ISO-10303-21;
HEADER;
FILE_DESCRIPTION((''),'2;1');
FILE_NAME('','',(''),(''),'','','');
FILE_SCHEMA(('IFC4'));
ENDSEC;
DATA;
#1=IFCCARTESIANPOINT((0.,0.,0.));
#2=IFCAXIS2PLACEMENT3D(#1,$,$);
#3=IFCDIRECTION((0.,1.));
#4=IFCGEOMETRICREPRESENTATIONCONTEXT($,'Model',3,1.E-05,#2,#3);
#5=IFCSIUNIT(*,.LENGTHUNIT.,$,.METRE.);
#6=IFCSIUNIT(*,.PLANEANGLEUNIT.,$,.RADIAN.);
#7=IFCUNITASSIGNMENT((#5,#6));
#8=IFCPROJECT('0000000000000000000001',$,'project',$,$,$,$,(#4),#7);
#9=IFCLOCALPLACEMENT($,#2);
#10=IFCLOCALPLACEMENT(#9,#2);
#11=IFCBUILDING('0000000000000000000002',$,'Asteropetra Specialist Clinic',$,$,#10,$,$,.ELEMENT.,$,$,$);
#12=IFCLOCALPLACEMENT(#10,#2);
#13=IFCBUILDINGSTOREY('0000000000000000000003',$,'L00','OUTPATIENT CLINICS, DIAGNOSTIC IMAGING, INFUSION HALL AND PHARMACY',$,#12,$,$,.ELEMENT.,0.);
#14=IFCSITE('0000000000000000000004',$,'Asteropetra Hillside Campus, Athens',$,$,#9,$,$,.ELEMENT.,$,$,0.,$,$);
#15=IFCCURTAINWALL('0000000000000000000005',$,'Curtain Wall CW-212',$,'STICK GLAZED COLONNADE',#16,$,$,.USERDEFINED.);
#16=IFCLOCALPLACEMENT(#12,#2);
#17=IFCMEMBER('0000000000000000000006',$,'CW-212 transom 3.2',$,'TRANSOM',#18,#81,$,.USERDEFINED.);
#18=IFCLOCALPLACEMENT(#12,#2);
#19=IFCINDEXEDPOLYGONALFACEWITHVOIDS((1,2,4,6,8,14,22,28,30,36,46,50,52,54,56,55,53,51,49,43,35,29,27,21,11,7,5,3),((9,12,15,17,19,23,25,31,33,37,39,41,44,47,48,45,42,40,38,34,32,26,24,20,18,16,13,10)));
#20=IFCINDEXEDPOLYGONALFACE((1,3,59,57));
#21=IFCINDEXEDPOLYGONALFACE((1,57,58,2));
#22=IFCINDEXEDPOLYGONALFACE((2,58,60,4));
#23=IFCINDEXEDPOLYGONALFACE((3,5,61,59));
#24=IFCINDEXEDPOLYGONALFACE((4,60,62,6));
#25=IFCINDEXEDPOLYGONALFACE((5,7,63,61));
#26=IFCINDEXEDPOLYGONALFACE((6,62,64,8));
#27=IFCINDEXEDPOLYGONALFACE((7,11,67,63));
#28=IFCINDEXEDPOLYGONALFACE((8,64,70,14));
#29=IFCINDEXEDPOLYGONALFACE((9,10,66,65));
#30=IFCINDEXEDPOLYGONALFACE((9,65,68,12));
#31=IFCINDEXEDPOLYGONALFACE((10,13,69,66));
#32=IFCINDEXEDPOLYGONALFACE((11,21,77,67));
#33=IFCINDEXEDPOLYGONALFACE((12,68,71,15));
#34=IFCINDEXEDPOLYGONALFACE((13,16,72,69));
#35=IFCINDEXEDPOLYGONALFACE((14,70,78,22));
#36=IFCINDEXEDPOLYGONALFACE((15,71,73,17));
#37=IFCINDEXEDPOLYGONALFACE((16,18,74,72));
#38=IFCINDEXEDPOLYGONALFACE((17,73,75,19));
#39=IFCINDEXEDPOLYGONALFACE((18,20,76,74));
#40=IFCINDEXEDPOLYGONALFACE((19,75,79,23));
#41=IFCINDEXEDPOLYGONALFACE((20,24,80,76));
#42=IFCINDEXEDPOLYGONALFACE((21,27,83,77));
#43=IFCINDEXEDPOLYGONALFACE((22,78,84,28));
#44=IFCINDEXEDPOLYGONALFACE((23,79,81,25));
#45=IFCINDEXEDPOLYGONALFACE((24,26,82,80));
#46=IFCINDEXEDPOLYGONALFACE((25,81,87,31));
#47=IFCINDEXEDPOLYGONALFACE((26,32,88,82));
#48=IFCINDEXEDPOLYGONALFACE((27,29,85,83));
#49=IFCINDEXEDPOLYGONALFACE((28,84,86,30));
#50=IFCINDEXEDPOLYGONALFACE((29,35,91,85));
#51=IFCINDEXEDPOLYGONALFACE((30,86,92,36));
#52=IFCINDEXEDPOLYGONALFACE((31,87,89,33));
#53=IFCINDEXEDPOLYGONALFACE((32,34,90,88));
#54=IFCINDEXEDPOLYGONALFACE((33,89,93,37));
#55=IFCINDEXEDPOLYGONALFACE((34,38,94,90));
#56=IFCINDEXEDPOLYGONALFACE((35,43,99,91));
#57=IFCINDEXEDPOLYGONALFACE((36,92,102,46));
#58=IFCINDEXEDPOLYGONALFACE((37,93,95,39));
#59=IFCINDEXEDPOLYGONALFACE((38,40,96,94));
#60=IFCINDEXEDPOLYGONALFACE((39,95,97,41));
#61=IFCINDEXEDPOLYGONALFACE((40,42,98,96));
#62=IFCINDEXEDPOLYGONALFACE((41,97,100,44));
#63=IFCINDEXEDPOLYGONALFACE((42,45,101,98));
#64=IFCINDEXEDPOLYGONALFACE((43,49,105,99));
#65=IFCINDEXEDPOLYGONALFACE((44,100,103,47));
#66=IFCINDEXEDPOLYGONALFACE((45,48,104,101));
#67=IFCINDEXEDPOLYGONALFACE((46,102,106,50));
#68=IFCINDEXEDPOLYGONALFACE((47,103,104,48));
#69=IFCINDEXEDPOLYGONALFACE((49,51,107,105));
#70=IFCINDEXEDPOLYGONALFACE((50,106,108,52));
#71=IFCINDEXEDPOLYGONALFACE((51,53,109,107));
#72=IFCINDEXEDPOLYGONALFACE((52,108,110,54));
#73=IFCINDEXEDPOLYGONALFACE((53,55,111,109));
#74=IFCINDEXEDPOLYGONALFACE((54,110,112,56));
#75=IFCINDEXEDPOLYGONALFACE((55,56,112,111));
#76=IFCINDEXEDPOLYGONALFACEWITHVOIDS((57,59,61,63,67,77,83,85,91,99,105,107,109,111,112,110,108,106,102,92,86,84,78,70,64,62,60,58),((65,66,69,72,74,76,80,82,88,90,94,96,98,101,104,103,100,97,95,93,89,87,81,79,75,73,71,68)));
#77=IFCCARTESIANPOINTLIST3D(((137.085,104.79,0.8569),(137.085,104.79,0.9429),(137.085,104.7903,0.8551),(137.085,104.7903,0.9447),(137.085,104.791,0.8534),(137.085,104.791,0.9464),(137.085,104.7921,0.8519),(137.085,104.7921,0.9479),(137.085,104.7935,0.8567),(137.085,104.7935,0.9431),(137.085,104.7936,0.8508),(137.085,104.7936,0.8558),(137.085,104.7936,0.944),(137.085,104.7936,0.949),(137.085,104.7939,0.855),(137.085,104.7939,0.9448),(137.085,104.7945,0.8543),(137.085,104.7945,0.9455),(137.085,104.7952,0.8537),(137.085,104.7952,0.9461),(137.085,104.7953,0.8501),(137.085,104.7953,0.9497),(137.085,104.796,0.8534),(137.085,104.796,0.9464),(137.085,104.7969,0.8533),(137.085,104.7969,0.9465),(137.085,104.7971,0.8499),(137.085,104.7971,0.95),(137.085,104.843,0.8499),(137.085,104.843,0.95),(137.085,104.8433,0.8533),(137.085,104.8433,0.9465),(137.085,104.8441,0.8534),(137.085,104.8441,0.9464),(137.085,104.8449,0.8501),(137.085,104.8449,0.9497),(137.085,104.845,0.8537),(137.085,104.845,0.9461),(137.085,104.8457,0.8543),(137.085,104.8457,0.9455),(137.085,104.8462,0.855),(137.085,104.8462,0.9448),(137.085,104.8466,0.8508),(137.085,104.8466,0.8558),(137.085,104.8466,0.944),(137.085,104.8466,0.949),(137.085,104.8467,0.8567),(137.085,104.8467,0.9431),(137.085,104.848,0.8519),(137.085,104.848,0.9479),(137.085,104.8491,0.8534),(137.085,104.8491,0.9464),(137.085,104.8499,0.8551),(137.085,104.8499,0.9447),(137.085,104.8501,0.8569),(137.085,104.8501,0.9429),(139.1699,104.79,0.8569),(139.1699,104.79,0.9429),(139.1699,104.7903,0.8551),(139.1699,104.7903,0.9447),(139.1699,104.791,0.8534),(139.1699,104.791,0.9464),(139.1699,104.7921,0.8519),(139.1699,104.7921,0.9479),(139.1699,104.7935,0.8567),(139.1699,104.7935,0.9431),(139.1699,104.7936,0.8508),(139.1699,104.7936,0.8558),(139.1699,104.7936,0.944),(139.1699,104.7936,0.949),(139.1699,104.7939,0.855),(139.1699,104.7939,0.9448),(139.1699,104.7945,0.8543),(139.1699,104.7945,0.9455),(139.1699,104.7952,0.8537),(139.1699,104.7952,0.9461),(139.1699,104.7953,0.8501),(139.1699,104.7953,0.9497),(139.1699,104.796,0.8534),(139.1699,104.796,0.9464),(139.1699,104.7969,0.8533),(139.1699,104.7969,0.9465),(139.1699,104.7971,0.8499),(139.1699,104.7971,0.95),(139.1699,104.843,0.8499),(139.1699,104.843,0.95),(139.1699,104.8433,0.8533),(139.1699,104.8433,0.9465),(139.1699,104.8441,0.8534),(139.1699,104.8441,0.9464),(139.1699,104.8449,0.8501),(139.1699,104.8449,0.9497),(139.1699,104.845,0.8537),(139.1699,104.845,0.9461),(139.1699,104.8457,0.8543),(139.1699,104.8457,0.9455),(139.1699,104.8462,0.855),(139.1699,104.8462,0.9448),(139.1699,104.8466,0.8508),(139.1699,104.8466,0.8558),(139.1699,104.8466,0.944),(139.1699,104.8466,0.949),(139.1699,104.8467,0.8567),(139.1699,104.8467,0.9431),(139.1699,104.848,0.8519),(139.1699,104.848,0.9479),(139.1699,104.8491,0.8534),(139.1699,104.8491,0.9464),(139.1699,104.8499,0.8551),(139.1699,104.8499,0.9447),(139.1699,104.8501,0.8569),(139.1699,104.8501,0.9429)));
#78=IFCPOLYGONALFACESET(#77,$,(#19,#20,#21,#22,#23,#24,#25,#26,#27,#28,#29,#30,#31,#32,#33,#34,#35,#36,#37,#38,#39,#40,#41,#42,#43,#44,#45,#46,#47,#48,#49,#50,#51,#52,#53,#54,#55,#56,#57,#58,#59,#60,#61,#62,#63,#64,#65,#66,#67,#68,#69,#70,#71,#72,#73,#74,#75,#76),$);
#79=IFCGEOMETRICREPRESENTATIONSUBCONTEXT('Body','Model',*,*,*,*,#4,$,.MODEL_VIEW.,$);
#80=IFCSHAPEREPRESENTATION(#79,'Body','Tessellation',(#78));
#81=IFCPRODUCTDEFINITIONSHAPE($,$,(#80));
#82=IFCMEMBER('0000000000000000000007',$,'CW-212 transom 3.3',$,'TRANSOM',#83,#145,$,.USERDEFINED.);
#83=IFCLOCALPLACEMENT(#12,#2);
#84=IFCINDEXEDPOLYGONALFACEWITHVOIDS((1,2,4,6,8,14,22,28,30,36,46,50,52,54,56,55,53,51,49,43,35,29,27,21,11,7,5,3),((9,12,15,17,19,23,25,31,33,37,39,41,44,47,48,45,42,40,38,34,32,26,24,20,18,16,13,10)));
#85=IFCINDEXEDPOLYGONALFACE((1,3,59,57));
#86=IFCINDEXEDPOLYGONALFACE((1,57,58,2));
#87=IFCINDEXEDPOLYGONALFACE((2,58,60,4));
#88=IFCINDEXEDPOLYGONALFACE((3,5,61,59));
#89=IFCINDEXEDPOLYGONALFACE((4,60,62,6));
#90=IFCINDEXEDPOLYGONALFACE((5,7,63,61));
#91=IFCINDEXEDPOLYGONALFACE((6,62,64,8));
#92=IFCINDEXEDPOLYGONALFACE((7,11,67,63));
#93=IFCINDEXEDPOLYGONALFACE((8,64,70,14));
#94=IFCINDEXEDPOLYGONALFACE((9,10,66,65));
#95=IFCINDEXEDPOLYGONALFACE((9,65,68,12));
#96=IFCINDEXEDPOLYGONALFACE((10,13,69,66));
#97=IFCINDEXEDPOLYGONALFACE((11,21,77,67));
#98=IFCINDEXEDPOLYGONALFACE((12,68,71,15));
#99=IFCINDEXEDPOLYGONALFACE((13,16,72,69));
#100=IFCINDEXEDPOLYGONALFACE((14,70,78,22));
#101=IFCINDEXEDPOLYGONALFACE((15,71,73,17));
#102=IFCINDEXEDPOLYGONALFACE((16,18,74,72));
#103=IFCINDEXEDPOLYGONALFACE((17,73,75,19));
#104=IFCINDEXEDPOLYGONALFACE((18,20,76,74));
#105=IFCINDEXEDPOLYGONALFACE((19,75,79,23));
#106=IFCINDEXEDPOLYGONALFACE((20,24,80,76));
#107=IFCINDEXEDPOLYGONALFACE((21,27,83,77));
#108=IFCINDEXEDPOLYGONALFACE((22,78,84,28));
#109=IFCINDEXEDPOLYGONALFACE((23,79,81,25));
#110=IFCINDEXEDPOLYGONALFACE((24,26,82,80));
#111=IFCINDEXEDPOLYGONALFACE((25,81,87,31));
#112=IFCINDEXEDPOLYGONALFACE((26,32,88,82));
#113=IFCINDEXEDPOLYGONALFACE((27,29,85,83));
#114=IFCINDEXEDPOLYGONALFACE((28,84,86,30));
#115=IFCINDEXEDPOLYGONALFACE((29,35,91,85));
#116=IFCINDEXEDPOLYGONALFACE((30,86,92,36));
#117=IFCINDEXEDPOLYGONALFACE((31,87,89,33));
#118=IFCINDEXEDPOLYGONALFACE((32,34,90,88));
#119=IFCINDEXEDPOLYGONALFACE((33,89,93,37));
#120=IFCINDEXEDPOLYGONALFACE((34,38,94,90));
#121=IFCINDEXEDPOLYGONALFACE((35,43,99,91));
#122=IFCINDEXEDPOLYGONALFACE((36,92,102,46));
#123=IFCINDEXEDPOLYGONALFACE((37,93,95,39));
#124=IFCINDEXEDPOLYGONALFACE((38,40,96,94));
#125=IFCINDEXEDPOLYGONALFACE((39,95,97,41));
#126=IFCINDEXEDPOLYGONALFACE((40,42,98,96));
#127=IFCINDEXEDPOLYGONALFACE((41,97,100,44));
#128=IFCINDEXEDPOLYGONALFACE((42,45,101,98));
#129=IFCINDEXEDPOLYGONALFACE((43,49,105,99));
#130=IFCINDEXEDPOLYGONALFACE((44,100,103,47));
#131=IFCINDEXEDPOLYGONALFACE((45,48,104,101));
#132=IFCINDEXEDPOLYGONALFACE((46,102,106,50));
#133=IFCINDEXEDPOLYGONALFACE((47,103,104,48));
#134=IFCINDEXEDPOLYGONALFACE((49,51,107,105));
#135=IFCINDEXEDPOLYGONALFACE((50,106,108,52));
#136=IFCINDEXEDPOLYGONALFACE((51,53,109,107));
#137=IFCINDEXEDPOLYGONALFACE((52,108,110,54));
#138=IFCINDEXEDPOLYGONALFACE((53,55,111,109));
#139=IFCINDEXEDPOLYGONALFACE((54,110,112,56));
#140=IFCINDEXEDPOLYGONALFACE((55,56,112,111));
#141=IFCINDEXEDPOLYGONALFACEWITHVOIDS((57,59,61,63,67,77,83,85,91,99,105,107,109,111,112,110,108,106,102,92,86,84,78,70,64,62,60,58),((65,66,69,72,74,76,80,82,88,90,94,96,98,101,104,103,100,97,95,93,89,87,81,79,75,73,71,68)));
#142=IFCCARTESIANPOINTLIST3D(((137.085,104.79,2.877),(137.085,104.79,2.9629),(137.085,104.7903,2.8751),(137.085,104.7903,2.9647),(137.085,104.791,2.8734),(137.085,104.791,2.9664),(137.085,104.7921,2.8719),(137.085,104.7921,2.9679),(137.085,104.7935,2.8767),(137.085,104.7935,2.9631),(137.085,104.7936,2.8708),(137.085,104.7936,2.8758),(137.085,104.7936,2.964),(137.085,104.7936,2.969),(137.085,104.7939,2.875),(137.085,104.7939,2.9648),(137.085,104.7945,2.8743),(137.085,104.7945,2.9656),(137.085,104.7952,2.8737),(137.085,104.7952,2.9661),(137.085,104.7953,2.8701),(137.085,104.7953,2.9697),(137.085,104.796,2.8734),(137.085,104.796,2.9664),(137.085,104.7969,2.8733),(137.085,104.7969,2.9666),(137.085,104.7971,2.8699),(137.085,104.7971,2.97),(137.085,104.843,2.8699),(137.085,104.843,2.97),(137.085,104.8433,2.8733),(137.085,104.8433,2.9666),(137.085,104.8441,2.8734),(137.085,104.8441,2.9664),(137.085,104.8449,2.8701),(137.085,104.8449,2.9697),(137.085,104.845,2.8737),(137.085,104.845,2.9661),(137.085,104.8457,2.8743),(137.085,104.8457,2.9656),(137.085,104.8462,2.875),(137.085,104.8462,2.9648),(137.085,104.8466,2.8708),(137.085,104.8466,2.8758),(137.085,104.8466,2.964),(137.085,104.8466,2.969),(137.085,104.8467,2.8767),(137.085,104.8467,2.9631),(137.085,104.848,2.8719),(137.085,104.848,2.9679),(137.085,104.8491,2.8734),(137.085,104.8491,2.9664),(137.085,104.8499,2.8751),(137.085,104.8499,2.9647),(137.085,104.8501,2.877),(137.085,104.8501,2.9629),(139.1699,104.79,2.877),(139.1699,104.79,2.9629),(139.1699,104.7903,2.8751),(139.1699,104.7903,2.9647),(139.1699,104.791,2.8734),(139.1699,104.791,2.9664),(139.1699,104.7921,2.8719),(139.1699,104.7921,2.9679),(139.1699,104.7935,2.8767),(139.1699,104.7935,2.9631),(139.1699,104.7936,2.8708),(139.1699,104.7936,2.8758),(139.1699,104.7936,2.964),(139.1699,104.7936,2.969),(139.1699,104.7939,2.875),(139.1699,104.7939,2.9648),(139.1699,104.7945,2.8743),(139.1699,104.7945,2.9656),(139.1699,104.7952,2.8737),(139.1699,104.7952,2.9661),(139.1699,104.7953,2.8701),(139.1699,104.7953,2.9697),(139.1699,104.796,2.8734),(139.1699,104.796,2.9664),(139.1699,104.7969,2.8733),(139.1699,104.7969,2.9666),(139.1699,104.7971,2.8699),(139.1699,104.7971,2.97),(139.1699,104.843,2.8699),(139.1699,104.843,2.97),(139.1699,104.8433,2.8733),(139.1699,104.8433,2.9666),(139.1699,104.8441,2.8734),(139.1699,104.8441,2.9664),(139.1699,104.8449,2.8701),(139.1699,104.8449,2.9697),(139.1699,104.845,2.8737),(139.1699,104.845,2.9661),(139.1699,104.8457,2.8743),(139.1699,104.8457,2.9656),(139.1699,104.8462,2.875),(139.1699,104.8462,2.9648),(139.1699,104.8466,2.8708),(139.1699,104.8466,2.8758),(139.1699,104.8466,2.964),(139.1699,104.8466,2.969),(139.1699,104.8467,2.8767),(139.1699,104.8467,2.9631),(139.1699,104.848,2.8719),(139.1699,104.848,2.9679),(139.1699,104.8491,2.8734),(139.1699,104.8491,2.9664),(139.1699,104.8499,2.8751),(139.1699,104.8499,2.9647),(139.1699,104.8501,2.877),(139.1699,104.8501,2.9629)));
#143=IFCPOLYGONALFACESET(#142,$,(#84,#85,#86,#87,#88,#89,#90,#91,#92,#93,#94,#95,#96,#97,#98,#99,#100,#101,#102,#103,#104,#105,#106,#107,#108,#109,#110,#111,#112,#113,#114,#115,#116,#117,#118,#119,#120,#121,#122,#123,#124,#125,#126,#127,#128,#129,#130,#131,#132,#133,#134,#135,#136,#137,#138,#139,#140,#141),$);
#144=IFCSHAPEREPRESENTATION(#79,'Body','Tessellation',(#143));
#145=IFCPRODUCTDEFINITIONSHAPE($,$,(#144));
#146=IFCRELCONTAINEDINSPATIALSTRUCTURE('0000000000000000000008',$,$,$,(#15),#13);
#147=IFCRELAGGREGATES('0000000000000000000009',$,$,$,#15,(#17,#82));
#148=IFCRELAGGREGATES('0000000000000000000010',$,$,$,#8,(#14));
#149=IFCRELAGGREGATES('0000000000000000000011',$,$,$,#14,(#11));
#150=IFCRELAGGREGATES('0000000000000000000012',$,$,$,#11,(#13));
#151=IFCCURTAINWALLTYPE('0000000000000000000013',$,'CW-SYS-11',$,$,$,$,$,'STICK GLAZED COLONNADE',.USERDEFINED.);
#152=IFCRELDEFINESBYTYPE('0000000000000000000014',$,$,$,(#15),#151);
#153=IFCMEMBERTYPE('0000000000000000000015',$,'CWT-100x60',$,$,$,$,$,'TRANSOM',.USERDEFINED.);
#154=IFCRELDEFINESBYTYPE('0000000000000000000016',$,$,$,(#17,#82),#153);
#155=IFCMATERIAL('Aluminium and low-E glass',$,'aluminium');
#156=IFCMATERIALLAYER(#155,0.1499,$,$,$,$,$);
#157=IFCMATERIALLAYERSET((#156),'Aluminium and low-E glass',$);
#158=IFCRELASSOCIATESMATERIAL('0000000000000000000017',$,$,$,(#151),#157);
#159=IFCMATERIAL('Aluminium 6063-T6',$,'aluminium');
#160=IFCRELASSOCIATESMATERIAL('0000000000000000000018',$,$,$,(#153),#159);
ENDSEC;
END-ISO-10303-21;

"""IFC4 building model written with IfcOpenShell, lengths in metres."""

from ifc_helpers import new_model, si_unit, direction, frame, origin, origin_2d, place, context, subcontext, project, spatial, hollow_rectangle, extrude, material, layer, layer_set, material_profile, profile_set, type_object, element, aggregate, save


model = new_model("IFC4")

# Units and contexts
model_context = context("Model", 3, precision=1e-05, world=origin(), true_north=direction((0.0, 1.0)))
body_context = subcontext(model_context, "Body", "Model", "MODEL_VIEW")
ifc_project = project(units=[si_unit("LENGTHUNIT", "METRE"), si_unit("PLANEANGLEUNIT", "RADIAN")], contexts=[model_context])

# Site, building, storey
site_placement = place(None, origin())
site = spatial("IfcSite", under=ifc_project, at=site_placement, Name="Asteropetra Hillside Campus, Athens", CompositionType="ELEMENT", RefElevation=0.0)
building_placement = place(site_placement, origin())
building = spatial("IfcBuilding", under=site, at=building_placement, Name="Asteropetra Specialist Clinic", CompositionType="ELEMENT")
storey_placement = place(building_placement, origin())
storey = spatial("IfcBuildingStorey", under=building, at=storey_placement, Name="L00", Description="OUTPATIENT CLINICS, DIAGNOSTIC IMAGING, INFUSION HALL AND PHARMACY", CompositionType="ELEMENT", Elevation=0.0)

# Curtain wall, members
ifc_material_1 = material(Name="Aluminium and low-E glass", Category="aluminium")
ifc_layer_1 = layer(ifc_material_1, 0.1499)
ifc_layer_set_1 = layer_set([ifc_layer_1], Name="Aluminium and low-E glass")
curtain_wall_type = type_object("IfcCurtainWallType", Name="CW-SYS-11", ElementType="STICK GLAZED COLONNADE", PredefinedType="USERDEFINED", material=ifc_layer_set_1)
curtain_wall_placement = place(storey_placement, origin())
curtain_wall = element("IfcCurtainWall", 1, at=curtain_wall_placement, inside=storey, type_object=curtain_wall_type, Name="Curtain Wall CW-212", ObjectType="STICK GLAZED COLONNADE", PredefinedType="USERDEFINED")
ifc_material_2 = material(Name="Aluminium 6063-T6", Category="aluminium")
ifc_material_profile_1 = material_profile(ifc_material_2, hollow_rectangle(XDim=0.0601, YDim=0.1001, WallThickness=0.0034, InnerFilletRadius=0.0034, OuterFilletRadius=0.0071, at=origin_2d()), Name="TRN 100x60x3.5")
ifc_profile_set_1 = profile_set([ifc_material_profile_1], Name="Aluminium 6063-T6")
member_type_1 = type_object("IfcMemberType", Name="CWT-100x60", ElementType="TRANSOM", PredefinedType="USERDEFINED", material=ifc_profile_set_1)
member_1_placement = place(storey_placement, frame((139.1699, 104.8201, 0.8999), z_axis=(-1.0, 0.0, 0.0), x_axis=(0.0, -1.0, 0.0)))
member_1 = element("IfcMember", 2, at=member_1_placement, type_object=member_type_1, Name="CW-212 transom 3.2", ObjectType="TRANSOM", PredefinedType="USERDEFINED", context=body_context, shape_type="SweptSolid", body=[
    extrude(hollow_rectangle(XDim=0.0601, YDim=0.1001, WallThickness=0.0034, InnerFilletRadius=0.0034, OuterFilletRadius=0.0071, at=origin_2d()), origin(), (0.0, 0.0, 1.0), 2.085),
])
member_2_placement = place(storey_placement, frame((139.1699, 104.8201, 2.9199), z_axis=(-1.0, 0.0, 0.0), x_axis=(0.0, -1.0, 0.0)))
member_2 = element("IfcMember", 3, at=member_2_placement, type_object=member_type_1, Name="CW-212 transom 3.3", ObjectType="TRANSOM", PredefinedType="USERDEFINED", context=body_context, shape_type="SweptSolid", body=[
    extrude(hollow_rectangle(XDim=0.0601, YDim=0.1001, WallThickness=0.0034, InnerFilletRadius=0.0034, OuterFilletRadius=0.0071, at=origin_2d()), origin(), (0.0, 0.0, 1.0), 2.085),
])
aggregate(curtain_wall, [member_1, member_2])

save(model, "model.ifc")
